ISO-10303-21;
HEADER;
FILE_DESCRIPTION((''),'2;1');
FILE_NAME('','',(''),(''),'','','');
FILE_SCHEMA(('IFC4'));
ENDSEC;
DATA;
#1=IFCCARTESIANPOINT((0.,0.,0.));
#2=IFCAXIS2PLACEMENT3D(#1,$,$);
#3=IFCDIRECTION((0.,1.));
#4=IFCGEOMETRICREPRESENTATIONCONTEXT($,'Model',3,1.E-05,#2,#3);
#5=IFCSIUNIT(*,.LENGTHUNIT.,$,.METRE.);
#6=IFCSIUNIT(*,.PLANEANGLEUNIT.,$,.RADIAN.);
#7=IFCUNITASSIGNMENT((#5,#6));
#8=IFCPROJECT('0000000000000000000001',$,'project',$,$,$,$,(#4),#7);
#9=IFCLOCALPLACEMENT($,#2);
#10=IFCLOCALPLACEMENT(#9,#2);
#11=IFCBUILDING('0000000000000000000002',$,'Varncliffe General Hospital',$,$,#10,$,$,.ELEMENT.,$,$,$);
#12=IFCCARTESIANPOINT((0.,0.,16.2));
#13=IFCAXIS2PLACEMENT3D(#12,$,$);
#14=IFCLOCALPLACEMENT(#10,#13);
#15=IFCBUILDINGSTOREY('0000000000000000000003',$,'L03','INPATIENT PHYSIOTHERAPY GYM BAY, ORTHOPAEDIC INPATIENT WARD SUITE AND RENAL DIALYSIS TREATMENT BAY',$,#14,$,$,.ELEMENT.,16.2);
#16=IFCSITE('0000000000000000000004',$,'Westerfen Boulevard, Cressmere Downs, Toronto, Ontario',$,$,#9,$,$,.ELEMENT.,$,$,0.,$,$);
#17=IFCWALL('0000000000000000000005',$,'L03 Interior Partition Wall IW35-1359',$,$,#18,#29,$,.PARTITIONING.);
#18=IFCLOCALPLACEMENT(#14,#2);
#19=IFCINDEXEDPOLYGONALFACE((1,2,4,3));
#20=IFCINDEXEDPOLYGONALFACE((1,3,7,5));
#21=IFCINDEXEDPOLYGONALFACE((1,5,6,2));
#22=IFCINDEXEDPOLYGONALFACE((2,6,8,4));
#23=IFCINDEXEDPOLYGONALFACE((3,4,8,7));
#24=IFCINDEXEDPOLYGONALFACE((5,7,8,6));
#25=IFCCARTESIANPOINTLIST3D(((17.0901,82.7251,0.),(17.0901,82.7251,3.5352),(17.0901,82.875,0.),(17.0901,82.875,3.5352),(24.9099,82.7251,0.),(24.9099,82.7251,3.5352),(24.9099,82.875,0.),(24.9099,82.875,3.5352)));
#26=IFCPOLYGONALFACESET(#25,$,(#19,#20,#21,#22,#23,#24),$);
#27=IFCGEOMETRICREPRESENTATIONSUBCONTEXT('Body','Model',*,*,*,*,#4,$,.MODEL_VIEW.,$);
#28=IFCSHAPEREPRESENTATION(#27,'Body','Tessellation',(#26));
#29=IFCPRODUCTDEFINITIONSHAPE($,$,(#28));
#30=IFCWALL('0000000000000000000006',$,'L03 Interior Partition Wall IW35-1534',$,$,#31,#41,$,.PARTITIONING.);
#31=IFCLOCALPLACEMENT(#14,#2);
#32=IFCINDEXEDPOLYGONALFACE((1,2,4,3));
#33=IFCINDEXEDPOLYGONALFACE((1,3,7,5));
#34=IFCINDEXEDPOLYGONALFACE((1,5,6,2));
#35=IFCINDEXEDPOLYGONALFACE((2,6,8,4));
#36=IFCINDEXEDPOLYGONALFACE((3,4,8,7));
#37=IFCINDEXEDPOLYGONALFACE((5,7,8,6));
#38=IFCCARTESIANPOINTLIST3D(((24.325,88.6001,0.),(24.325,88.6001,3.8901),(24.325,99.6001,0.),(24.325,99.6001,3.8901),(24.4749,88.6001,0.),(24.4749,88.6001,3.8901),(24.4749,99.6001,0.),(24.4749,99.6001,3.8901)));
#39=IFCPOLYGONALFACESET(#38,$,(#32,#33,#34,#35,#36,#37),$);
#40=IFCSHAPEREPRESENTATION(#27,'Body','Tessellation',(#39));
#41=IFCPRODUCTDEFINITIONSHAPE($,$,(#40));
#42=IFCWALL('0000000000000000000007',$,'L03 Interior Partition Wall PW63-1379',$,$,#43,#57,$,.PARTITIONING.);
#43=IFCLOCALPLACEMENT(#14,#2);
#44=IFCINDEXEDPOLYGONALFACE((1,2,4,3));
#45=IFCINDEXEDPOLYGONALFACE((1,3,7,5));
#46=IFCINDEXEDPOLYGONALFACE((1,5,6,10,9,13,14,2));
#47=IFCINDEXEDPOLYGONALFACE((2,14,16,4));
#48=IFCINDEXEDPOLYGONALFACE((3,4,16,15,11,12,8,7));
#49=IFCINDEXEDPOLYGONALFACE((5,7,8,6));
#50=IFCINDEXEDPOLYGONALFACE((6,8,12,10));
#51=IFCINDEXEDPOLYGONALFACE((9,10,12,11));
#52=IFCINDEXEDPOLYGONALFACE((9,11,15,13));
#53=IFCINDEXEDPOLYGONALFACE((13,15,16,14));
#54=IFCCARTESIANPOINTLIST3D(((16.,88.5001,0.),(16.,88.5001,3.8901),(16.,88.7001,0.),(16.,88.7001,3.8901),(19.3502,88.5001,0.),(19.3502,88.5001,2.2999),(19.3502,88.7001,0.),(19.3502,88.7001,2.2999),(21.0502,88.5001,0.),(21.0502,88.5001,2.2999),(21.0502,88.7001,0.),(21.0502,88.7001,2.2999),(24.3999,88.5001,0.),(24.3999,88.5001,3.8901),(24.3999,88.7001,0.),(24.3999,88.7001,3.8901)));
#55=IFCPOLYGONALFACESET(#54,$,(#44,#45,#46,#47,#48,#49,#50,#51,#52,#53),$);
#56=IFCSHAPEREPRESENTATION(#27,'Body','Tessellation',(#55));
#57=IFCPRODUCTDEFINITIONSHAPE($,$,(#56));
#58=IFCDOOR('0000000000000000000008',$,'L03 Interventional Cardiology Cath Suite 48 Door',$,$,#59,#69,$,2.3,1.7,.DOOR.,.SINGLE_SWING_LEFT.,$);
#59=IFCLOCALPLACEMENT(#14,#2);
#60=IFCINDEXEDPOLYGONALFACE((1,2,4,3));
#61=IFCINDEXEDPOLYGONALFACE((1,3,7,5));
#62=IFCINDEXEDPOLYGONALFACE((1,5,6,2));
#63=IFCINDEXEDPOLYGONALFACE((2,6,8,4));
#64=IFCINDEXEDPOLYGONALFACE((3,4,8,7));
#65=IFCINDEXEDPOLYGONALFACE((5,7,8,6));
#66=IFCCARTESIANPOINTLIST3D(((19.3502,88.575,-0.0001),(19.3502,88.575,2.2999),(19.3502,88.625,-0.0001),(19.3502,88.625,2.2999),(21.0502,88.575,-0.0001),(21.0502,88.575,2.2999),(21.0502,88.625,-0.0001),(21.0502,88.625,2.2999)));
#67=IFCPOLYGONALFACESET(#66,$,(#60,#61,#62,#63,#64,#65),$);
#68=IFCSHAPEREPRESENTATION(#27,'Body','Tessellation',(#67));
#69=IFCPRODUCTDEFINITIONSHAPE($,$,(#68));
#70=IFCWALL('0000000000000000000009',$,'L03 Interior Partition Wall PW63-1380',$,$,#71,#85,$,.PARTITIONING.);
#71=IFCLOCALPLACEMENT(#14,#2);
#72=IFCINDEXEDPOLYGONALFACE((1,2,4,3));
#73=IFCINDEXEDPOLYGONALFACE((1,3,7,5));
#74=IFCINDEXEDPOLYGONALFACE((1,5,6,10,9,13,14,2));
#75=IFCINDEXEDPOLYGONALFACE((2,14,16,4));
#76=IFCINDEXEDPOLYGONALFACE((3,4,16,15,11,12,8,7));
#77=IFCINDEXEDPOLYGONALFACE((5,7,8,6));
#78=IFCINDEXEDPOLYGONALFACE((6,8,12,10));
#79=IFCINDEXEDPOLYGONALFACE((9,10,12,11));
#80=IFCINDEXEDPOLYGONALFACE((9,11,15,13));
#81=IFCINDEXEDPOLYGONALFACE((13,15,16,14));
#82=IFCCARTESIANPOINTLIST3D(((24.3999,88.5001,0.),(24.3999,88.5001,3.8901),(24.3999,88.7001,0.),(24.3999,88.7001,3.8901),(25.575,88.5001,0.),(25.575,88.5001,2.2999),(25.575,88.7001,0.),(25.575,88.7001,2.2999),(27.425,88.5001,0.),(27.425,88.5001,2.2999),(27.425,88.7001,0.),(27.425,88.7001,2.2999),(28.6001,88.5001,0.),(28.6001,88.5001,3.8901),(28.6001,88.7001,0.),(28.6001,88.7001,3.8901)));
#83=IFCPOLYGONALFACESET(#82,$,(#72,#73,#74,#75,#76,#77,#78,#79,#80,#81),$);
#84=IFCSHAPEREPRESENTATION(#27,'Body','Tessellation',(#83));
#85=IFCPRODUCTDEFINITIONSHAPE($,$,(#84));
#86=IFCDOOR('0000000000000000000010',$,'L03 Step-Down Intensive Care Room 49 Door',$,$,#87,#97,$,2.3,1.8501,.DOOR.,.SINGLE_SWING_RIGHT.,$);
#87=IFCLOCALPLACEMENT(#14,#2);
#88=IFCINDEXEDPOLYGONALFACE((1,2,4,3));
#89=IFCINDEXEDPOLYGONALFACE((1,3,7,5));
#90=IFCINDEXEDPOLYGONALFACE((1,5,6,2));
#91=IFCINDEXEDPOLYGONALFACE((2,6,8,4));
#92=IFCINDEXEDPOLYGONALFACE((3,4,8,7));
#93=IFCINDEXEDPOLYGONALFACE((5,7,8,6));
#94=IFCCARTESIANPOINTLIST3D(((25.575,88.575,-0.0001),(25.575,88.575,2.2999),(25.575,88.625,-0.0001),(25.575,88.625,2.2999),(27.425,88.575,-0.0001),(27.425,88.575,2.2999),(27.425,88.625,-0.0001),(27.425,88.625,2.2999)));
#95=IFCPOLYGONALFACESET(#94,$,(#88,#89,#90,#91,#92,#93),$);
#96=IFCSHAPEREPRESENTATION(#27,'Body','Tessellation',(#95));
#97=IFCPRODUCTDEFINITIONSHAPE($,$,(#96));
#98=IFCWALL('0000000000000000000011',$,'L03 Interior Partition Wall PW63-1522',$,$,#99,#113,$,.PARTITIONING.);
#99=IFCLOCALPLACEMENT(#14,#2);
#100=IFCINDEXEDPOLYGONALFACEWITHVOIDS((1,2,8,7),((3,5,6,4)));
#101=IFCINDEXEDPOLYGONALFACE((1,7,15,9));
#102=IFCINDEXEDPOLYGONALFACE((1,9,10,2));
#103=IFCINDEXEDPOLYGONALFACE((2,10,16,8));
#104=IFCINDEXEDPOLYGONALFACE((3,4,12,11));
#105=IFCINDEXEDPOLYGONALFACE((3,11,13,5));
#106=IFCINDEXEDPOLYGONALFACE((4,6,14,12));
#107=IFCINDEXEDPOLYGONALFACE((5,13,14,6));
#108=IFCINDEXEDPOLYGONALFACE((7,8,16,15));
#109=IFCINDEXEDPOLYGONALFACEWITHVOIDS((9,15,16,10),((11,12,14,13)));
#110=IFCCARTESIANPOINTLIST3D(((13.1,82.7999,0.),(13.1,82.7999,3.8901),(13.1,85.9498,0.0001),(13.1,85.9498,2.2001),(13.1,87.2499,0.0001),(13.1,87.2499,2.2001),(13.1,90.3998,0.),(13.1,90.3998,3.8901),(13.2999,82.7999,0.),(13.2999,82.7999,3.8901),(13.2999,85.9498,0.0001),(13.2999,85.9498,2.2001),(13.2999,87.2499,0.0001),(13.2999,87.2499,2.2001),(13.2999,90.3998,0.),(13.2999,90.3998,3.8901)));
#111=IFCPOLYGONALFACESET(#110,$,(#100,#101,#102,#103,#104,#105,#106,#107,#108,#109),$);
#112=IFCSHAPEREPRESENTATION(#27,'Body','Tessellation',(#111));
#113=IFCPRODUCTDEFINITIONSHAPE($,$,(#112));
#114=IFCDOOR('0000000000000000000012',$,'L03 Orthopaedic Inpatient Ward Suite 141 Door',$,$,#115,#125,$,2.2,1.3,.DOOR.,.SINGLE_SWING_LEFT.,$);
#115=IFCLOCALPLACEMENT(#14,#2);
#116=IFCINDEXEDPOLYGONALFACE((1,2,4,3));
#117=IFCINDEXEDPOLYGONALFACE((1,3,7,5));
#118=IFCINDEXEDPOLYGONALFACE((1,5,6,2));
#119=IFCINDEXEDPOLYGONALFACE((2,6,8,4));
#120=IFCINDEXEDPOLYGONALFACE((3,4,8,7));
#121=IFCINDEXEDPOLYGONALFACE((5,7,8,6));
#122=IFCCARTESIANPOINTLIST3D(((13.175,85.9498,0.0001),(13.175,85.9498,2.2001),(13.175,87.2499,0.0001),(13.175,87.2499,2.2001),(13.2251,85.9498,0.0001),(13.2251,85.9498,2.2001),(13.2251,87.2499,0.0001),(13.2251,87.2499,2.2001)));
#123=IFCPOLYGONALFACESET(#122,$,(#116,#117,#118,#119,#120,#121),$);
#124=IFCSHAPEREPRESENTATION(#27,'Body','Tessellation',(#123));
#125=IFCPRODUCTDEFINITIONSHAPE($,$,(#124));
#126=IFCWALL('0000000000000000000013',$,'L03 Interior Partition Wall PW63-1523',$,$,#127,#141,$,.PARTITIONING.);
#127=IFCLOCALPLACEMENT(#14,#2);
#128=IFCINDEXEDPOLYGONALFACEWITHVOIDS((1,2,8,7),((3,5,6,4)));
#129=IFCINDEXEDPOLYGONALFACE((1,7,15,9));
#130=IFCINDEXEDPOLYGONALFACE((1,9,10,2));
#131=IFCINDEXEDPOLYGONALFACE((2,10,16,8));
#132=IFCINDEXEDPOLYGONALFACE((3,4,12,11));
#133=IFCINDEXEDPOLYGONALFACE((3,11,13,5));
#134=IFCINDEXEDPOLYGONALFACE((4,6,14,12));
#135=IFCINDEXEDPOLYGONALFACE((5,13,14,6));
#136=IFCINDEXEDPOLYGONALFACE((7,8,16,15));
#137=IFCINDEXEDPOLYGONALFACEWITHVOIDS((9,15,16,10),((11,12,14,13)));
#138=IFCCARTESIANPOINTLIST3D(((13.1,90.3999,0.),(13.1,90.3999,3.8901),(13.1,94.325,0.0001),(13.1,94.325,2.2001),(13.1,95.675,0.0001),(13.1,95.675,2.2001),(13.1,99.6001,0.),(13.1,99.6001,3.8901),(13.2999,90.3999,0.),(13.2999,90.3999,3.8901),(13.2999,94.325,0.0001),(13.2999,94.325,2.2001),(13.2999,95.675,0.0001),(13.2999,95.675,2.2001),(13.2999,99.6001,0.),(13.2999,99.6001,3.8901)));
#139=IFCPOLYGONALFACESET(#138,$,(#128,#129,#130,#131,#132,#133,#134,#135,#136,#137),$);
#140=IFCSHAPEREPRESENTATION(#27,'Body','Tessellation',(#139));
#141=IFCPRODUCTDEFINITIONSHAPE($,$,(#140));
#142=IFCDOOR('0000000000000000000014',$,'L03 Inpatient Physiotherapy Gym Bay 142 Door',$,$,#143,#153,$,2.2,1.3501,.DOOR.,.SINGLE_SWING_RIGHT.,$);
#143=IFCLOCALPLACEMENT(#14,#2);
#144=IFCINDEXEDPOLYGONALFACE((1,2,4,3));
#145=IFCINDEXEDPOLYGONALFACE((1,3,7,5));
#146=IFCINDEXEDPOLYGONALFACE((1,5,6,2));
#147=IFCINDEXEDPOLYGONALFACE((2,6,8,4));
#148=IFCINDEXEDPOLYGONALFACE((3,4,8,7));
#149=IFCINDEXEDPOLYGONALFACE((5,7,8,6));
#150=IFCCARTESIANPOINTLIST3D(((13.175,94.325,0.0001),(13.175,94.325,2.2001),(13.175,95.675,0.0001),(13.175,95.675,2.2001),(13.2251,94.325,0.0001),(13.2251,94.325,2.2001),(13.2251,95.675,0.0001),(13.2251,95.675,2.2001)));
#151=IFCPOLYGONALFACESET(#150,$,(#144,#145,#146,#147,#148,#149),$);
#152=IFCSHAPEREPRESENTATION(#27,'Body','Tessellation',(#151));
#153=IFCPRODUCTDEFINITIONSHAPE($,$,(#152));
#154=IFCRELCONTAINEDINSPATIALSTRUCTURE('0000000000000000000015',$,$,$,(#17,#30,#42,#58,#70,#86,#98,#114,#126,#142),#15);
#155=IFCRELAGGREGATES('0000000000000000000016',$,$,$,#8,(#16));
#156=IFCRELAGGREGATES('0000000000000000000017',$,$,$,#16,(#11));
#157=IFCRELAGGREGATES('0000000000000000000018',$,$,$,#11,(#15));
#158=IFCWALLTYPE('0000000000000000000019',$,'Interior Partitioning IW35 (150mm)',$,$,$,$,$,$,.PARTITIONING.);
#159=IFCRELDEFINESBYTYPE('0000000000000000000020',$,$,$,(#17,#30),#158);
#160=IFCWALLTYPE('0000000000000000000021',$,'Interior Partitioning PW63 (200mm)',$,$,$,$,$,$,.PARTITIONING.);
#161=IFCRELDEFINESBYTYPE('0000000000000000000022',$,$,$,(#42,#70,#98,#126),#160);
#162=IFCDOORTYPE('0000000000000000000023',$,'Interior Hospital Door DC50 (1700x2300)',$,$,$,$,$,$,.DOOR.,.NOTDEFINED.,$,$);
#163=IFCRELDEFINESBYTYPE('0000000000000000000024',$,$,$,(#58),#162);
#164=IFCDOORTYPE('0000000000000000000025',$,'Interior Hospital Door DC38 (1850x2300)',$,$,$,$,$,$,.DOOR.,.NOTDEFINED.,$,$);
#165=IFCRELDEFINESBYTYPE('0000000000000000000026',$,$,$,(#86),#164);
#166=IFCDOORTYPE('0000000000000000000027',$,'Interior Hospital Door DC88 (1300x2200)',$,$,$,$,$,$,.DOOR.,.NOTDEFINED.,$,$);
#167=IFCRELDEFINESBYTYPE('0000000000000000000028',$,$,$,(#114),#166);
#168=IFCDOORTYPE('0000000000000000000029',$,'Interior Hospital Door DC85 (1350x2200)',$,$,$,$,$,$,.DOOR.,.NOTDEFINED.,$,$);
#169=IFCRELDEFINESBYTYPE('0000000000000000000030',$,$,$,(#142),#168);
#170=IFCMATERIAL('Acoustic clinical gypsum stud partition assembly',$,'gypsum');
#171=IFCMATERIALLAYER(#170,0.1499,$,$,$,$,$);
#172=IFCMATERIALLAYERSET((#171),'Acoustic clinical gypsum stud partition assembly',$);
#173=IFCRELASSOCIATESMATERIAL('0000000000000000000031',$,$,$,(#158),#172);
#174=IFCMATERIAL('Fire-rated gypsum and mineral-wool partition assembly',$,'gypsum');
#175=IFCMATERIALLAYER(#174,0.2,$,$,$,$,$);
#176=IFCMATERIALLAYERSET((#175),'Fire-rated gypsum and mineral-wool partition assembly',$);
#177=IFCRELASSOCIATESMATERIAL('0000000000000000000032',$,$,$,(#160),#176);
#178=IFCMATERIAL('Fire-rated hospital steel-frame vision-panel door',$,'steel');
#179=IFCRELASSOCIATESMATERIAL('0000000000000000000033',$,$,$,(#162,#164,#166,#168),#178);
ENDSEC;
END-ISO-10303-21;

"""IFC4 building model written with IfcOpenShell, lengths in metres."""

from ifc_helpers import new_model, si_unit, direction, frame, frame_2d, origin, place, context, subcontext, project, spatial, rectangle, extrude, material, layer, layer_set, type_object, element, fill, save


model = new_model("IFC4")

# Units and contexts
model_context = context("Model", 3, precision=1e-05, world=origin(), true_north=direction((0.0, 1.0)))
body_context = subcontext(model_context, "Body", "Model", "MODEL_VIEW")
ifc_project = project(units=[si_unit("LENGTHUNIT", "METRE"), si_unit("PLANEANGLEUNIT", "RADIAN")], contexts=[model_context])

# Site, building, storey
site_placement = place(None, origin())
site = spatial("IfcSite", under=ifc_project, at=site_placement, Name="Westerfen Boulevard, Cressmere Downs, Toronto, Ontario", CompositionType="ELEMENT", RefElevation=0.0)
building_placement = place(site_placement, origin())
building = spatial("IfcBuilding", under=site, at=building_placement, Name="Varncliffe General Hospital", CompositionType="ELEMENT")
storey_placement = place(building_placement, frame((0.0, 0.0, 16.2)))
storey = spatial("IfcBuildingStorey", under=building, at=storey_placement, Name="L03", Description="INPATIENT PHYSIOTHERAPY GYM BAY, ORTHOPAEDIC INPATIENT WARD SUITE AND RENAL DIALYSIS TREATMENT BAY", CompositionType="ELEMENT", Elevation=16.2)

# Walls
ifc_material_1 = material(Name="Acoustic clinical gypsum stud partition assembly", Category="gypsum")
ifc_layer_1 = layer(ifc_material_1, 0.1499)
ifc_layer_set_1 = layer_set([ifc_layer_1], Name="Acoustic clinical gypsum stud partition assembly")
wall_type_1 = type_object("IfcWallType", Name="Interior Partitioning IW35 (150mm)", PredefinedType="PARTITIONING", material=ifc_layer_set_1)
wall_1_placement = place(storey_placement, frame((17.0901, 82.8, 0.0), z_axis=(0.0, 0.0, 1.0), x_axis=(1.0, 0.0, 0.0)))
element("IfcWall", 1, at=wall_1_placement, inside=storey, type_object=wall_type_1, Name="L03 Interior Partition Wall IW35-1359", PredefinedType="PARTITIONING", context=body_context, shape_type="SweptSolid", body=[
    extrude(rectangle(XDim=7.8198, YDim=0.1499, at=frame_2d((3.9099, 0.0))), origin(), (0.0, 0.0, 1.0), 3.5352),
])
wall_2_placement = place(storey_placement, frame((24.3999, 88.6001, 0.0), z_axis=(0.0, 0.0, 1.0), x_axis=(0.0, 1.0, 0.0)))
element("IfcWall", 2, at=wall_2_placement, inside=storey, type_object=wall_type_1, Name="L03 Interior Partition Wall IW35-1534", PredefinedType="PARTITIONING", context=body_context, shape_type="SweptSolid", body=[
    extrude(rectangle(XDim=11.0, YDim=0.1499, at=frame_2d((5.5, 0.0))), origin(), (0.0, 0.0, 1.0), 3.8901),
])

# Walls, openings, doors
ifc_material_2 = material(Name="Fire-rated gypsum and mineral-wool partition assembly", Category="gypsum")
ifc_layer_2 = layer(ifc_material_2, 0.2)
ifc_layer_set_2 = layer_set([ifc_layer_2], Name="Fire-rated gypsum and mineral-wool partition assembly")
wall_type_2 = type_object("IfcWallType", Name="Interior Partitioning PW63 (200mm)", PredefinedType="PARTITIONING", material=ifc_layer_set_2)
wall_3_placement = place(storey_placement, frame((16.0, 88.6001, 0.0), z_axis=(0.0, 0.0, 1.0), x_axis=(1.0, 0.0, 0.0)))
wall_3 = element("IfcWall", 3, at=wall_3_placement, inside=storey, type_object=wall_type_2, Name="L03 Interior Partition Wall PW63-1379", PredefinedType="PARTITIONING", context=body_context, shape_type="SweptSolid", body=[
    extrude(rectangle(XDim=8.3999, YDim=0.2, at=frame_2d((4.2, 0.0))), origin(), (0.0, 0.0, 1.0), 3.8901),
])
opening_1_placement = place(wall_3_placement, frame((3.3501, 0.0, 0.0)))
opening_1 = element("IfcOpeningElement", 4, at=opening_1_placement, cuts=wall_3, PredefinedType="OPENING", context=body_context, shape_type="SweptSolid", body=[
    extrude(rectangle(XDim=1.7, YDim=2.3, at=frame_2d((0.8501, 1.1499))), frame((0.0, 0.1099, 0.0), z_axis=(0.0, -1.0, 0.0), x_axis=(1.0, 0.0, 0.0)), (0.0, 0.0, 1.0), 0.22),
])
ifc_material_3 = material(Name="Fire-rated hospital steel-frame vision-panel door", Category="steel")
door_type_1 = type_object("IfcDoorType", Name="Interior Hospital Door DC50 (1700x2300)", OperationType="NOTDEFINED", PredefinedType="DOOR", material=ifc_material_3)
door_1_placement = place(opening_1_placement, origin())
door_1 = element("IfcDoor", 5, at=door_1_placement, inside=storey, type_object=door_type_1, Name="L03 Interventional Cardiology Cath Suite 48 Door", OperationType="SINGLE_SWING_LEFT", OverallHeight=2.3, OverallWidth=1.7, PredefinedType="DOOR", context=body_context, shape_type="SweptSolid", body=[
    extrude(rectangle(XDim=1.7, YDim=2.3, at=frame_2d((0.8501, 1.1499))), frame((0.0, 0.0249, 0.0), z_axis=(0.0, -1.0, 0.0), x_axis=(1.0, 0.0, 0.0)), (0.0, 0.0, 1.0), 0.05),
])
fill(opening_1, door_1)
wall_4_placement = place(storey_placement, frame((24.3999, 88.6001, 0.0), z_axis=(0.0, 0.0, 1.0), x_axis=(1.0, 0.0, 0.0)))
wall_4 = element("IfcWall", 6, at=wall_4_placement, inside=storey, type_object=wall_type_2, Name="L03 Interior Partition Wall PW63-1380", PredefinedType="PARTITIONING", context=body_context, shape_type="SweptSolid", body=[
    extrude(rectangle(XDim=4.2002, YDim=0.2, at=frame_2d((2.1001, 0.0))), origin(), (0.0, 0.0, 1.0), 3.8901),
])
opening_2_placement = place(wall_4_placement, frame((1.175, 0.0, 0.0)))
opening_2 = element("IfcOpeningElement", 7, at=opening_2_placement, cuts=wall_4, PredefinedType="OPENING", context=body_context, shape_type="SweptSolid", body=[
    extrude(rectangle(XDim=1.8501, YDim=2.3, at=frame_2d((0.925, 1.1499))), frame((0.0, 0.1099, 0.0), z_axis=(0.0, -1.0, 0.0), x_axis=(1.0, 0.0, 0.0)), (0.0, 0.0, 1.0), 0.22),
])
door_type_2 = type_object("IfcDoorType", Name="Interior Hospital Door DC38 (1850x2300)", OperationType="NOTDEFINED", PredefinedType="DOOR", material=ifc_material_3)
door_2_placement = place(opening_2_placement, origin())
door_2 = element("IfcDoor", 8, at=door_2_placement, inside=storey, type_object=door_type_2, Name="L03 Step-Down Intensive Care Room 49 Door", OperationType="SINGLE_SWING_RIGHT", OverallHeight=2.3, OverallWidth=1.8501, PredefinedType="DOOR", context=body_context, shape_type="SweptSolid", body=[
    extrude(rectangle(XDim=1.8501, YDim=2.3, at=frame_2d((0.925, 1.1499))), frame((0.0, 0.0249, 0.0), z_axis=(0.0, -1.0, 0.0), x_axis=(1.0, 0.0, 0.0)), (0.0, 0.0, 1.0), 0.05),
])
fill(opening_2, door_2)
wall_5_placement = place(storey_placement, frame((13.2, 82.8, 0.0), z_axis=(0.0, 0.0, 1.0), x_axis=(0.0, 1.0, 0.0)))
wall_5 = element("IfcWall", 9, at=wall_5_placement, inside=storey, type_object=wall_type_2, Name="L03 Interior Partition Wall PW63-1522", PredefinedType="PARTITIONING", context=body_context, shape_type="SweptSolid", body=[
    extrude(rectangle(XDim=7.5999, YDim=0.2, at=frame_2d((3.7998, 0.0))), origin(), (0.0, 0.0, 1.0), 3.8901),
])
opening_3_placement = place(wall_5_placement, frame((3.1499, 0.0, 0.0)))
opening_3 = element("IfcOpeningElement", 10, at=opening_3_placement, cuts=wall_5, PredefinedType="OPENING", context=body_context, shape_type="SweptSolid", body=[
    extrude(rectangle(XDim=1.3, YDim=2.2, at=frame_2d((0.6499, 1.1001))), frame((0.0, 0.1099, 0.0), z_axis=(0.0, -1.0, 0.0), x_axis=(1.0, 0.0, 0.0)), (0.0, 0.0, 1.0), 0.22),
])
door_type_3 = type_object("IfcDoorType", Name="Interior Hospital Door DC88 (1300x2200)", OperationType="NOTDEFINED", PredefinedType="DOOR", material=ifc_material_3)
door_3_placement = place(opening_3_placement, origin())
door_3 = element("IfcDoor", 11, at=door_3_placement, inside=storey, type_object=door_type_3, Name="L03 Orthopaedic Inpatient Ward Suite 141 Door", OperationType="SINGLE_SWING_LEFT", OverallHeight=2.2, OverallWidth=1.3, PredefinedType="DOOR", context=body_context, shape_type="SweptSolid", body=[
    extrude(rectangle(XDim=1.3, YDim=2.2, at=frame_2d((0.6499, 1.1001))), frame((0.0, 0.0249, 0.0), z_axis=(0.0, -1.0, 0.0), x_axis=(1.0, 0.0, 0.0)), (0.0, 0.0, 1.0), 0.05),
])
fill(opening_3, door_3)
wall_6_placement = place(storey_placement, frame((13.2, 90.3999, 0.0), z_axis=(0.0, 0.0, 1.0), x_axis=(0.0, 1.0, 0.0)))
wall_6 = element("IfcWall", 12, at=wall_6_placement, inside=storey, type_object=wall_type_2, Name="L03 Interior Partition Wall PW63-1523", PredefinedType="PARTITIONING", context=body_context, shape_type="SweptSolid", body=[
    extrude(rectangle(XDim=9.2002, YDim=0.2, at=frame_2d((4.6001, 0.0))), origin(), (0.0, 0.0, 1.0), 3.8901),
])
opening_4_placement = place(wall_6_placement, frame((3.925, 0.0, 0.0)))
opening_4 = element("IfcOpeningElement", 13, at=opening_4_placement, cuts=wall_6, PredefinedType="OPENING", context=body_context, shape_type="SweptSolid", body=[
    extrude(rectangle(XDim=1.3501, YDim=2.2, at=frame_2d((0.675, 1.1001))), frame((0.0, 0.1099, 0.0), z_axis=(0.0, -1.0, 0.0), x_axis=(1.0, 0.0, 0.0)), (0.0, 0.0, 1.0), 0.22),
])
door_type_4 = type_object("IfcDoorType", Name="Interior Hospital Door DC85 (1350x2200)", OperationType="NOTDEFINED", PredefinedType="DOOR", material=ifc_material_3)
door_4_placement = place(opening_4_placement, origin())
door_4 = element("IfcDoor", 14, at=door_4_placement, inside=storey, type_object=door_type_4, Name="L03 Inpatient Physiotherapy Gym Bay 142 Door", OperationType="SINGLE_SWING_RIGHT", OverallHeight=2.2, OverallWidth=1.3501, PredefinedType="DOOR", context=body_context, shape_type="SweptSolid", body=[
    extrude(rectangle(XDim=1.3501, YDim=2.2, at=frame_2d((0.675, 1.1001))), frame((0.0, 0.0249, 0.0), z_axis=(0.0, -1.0, 0.0), x_axis=(1.0, 0.0, 0.0)), (0.0, 0.0, 1.0), 0.05),
])
fill(opening_4, door_4)

save(model, "model.ifc")
